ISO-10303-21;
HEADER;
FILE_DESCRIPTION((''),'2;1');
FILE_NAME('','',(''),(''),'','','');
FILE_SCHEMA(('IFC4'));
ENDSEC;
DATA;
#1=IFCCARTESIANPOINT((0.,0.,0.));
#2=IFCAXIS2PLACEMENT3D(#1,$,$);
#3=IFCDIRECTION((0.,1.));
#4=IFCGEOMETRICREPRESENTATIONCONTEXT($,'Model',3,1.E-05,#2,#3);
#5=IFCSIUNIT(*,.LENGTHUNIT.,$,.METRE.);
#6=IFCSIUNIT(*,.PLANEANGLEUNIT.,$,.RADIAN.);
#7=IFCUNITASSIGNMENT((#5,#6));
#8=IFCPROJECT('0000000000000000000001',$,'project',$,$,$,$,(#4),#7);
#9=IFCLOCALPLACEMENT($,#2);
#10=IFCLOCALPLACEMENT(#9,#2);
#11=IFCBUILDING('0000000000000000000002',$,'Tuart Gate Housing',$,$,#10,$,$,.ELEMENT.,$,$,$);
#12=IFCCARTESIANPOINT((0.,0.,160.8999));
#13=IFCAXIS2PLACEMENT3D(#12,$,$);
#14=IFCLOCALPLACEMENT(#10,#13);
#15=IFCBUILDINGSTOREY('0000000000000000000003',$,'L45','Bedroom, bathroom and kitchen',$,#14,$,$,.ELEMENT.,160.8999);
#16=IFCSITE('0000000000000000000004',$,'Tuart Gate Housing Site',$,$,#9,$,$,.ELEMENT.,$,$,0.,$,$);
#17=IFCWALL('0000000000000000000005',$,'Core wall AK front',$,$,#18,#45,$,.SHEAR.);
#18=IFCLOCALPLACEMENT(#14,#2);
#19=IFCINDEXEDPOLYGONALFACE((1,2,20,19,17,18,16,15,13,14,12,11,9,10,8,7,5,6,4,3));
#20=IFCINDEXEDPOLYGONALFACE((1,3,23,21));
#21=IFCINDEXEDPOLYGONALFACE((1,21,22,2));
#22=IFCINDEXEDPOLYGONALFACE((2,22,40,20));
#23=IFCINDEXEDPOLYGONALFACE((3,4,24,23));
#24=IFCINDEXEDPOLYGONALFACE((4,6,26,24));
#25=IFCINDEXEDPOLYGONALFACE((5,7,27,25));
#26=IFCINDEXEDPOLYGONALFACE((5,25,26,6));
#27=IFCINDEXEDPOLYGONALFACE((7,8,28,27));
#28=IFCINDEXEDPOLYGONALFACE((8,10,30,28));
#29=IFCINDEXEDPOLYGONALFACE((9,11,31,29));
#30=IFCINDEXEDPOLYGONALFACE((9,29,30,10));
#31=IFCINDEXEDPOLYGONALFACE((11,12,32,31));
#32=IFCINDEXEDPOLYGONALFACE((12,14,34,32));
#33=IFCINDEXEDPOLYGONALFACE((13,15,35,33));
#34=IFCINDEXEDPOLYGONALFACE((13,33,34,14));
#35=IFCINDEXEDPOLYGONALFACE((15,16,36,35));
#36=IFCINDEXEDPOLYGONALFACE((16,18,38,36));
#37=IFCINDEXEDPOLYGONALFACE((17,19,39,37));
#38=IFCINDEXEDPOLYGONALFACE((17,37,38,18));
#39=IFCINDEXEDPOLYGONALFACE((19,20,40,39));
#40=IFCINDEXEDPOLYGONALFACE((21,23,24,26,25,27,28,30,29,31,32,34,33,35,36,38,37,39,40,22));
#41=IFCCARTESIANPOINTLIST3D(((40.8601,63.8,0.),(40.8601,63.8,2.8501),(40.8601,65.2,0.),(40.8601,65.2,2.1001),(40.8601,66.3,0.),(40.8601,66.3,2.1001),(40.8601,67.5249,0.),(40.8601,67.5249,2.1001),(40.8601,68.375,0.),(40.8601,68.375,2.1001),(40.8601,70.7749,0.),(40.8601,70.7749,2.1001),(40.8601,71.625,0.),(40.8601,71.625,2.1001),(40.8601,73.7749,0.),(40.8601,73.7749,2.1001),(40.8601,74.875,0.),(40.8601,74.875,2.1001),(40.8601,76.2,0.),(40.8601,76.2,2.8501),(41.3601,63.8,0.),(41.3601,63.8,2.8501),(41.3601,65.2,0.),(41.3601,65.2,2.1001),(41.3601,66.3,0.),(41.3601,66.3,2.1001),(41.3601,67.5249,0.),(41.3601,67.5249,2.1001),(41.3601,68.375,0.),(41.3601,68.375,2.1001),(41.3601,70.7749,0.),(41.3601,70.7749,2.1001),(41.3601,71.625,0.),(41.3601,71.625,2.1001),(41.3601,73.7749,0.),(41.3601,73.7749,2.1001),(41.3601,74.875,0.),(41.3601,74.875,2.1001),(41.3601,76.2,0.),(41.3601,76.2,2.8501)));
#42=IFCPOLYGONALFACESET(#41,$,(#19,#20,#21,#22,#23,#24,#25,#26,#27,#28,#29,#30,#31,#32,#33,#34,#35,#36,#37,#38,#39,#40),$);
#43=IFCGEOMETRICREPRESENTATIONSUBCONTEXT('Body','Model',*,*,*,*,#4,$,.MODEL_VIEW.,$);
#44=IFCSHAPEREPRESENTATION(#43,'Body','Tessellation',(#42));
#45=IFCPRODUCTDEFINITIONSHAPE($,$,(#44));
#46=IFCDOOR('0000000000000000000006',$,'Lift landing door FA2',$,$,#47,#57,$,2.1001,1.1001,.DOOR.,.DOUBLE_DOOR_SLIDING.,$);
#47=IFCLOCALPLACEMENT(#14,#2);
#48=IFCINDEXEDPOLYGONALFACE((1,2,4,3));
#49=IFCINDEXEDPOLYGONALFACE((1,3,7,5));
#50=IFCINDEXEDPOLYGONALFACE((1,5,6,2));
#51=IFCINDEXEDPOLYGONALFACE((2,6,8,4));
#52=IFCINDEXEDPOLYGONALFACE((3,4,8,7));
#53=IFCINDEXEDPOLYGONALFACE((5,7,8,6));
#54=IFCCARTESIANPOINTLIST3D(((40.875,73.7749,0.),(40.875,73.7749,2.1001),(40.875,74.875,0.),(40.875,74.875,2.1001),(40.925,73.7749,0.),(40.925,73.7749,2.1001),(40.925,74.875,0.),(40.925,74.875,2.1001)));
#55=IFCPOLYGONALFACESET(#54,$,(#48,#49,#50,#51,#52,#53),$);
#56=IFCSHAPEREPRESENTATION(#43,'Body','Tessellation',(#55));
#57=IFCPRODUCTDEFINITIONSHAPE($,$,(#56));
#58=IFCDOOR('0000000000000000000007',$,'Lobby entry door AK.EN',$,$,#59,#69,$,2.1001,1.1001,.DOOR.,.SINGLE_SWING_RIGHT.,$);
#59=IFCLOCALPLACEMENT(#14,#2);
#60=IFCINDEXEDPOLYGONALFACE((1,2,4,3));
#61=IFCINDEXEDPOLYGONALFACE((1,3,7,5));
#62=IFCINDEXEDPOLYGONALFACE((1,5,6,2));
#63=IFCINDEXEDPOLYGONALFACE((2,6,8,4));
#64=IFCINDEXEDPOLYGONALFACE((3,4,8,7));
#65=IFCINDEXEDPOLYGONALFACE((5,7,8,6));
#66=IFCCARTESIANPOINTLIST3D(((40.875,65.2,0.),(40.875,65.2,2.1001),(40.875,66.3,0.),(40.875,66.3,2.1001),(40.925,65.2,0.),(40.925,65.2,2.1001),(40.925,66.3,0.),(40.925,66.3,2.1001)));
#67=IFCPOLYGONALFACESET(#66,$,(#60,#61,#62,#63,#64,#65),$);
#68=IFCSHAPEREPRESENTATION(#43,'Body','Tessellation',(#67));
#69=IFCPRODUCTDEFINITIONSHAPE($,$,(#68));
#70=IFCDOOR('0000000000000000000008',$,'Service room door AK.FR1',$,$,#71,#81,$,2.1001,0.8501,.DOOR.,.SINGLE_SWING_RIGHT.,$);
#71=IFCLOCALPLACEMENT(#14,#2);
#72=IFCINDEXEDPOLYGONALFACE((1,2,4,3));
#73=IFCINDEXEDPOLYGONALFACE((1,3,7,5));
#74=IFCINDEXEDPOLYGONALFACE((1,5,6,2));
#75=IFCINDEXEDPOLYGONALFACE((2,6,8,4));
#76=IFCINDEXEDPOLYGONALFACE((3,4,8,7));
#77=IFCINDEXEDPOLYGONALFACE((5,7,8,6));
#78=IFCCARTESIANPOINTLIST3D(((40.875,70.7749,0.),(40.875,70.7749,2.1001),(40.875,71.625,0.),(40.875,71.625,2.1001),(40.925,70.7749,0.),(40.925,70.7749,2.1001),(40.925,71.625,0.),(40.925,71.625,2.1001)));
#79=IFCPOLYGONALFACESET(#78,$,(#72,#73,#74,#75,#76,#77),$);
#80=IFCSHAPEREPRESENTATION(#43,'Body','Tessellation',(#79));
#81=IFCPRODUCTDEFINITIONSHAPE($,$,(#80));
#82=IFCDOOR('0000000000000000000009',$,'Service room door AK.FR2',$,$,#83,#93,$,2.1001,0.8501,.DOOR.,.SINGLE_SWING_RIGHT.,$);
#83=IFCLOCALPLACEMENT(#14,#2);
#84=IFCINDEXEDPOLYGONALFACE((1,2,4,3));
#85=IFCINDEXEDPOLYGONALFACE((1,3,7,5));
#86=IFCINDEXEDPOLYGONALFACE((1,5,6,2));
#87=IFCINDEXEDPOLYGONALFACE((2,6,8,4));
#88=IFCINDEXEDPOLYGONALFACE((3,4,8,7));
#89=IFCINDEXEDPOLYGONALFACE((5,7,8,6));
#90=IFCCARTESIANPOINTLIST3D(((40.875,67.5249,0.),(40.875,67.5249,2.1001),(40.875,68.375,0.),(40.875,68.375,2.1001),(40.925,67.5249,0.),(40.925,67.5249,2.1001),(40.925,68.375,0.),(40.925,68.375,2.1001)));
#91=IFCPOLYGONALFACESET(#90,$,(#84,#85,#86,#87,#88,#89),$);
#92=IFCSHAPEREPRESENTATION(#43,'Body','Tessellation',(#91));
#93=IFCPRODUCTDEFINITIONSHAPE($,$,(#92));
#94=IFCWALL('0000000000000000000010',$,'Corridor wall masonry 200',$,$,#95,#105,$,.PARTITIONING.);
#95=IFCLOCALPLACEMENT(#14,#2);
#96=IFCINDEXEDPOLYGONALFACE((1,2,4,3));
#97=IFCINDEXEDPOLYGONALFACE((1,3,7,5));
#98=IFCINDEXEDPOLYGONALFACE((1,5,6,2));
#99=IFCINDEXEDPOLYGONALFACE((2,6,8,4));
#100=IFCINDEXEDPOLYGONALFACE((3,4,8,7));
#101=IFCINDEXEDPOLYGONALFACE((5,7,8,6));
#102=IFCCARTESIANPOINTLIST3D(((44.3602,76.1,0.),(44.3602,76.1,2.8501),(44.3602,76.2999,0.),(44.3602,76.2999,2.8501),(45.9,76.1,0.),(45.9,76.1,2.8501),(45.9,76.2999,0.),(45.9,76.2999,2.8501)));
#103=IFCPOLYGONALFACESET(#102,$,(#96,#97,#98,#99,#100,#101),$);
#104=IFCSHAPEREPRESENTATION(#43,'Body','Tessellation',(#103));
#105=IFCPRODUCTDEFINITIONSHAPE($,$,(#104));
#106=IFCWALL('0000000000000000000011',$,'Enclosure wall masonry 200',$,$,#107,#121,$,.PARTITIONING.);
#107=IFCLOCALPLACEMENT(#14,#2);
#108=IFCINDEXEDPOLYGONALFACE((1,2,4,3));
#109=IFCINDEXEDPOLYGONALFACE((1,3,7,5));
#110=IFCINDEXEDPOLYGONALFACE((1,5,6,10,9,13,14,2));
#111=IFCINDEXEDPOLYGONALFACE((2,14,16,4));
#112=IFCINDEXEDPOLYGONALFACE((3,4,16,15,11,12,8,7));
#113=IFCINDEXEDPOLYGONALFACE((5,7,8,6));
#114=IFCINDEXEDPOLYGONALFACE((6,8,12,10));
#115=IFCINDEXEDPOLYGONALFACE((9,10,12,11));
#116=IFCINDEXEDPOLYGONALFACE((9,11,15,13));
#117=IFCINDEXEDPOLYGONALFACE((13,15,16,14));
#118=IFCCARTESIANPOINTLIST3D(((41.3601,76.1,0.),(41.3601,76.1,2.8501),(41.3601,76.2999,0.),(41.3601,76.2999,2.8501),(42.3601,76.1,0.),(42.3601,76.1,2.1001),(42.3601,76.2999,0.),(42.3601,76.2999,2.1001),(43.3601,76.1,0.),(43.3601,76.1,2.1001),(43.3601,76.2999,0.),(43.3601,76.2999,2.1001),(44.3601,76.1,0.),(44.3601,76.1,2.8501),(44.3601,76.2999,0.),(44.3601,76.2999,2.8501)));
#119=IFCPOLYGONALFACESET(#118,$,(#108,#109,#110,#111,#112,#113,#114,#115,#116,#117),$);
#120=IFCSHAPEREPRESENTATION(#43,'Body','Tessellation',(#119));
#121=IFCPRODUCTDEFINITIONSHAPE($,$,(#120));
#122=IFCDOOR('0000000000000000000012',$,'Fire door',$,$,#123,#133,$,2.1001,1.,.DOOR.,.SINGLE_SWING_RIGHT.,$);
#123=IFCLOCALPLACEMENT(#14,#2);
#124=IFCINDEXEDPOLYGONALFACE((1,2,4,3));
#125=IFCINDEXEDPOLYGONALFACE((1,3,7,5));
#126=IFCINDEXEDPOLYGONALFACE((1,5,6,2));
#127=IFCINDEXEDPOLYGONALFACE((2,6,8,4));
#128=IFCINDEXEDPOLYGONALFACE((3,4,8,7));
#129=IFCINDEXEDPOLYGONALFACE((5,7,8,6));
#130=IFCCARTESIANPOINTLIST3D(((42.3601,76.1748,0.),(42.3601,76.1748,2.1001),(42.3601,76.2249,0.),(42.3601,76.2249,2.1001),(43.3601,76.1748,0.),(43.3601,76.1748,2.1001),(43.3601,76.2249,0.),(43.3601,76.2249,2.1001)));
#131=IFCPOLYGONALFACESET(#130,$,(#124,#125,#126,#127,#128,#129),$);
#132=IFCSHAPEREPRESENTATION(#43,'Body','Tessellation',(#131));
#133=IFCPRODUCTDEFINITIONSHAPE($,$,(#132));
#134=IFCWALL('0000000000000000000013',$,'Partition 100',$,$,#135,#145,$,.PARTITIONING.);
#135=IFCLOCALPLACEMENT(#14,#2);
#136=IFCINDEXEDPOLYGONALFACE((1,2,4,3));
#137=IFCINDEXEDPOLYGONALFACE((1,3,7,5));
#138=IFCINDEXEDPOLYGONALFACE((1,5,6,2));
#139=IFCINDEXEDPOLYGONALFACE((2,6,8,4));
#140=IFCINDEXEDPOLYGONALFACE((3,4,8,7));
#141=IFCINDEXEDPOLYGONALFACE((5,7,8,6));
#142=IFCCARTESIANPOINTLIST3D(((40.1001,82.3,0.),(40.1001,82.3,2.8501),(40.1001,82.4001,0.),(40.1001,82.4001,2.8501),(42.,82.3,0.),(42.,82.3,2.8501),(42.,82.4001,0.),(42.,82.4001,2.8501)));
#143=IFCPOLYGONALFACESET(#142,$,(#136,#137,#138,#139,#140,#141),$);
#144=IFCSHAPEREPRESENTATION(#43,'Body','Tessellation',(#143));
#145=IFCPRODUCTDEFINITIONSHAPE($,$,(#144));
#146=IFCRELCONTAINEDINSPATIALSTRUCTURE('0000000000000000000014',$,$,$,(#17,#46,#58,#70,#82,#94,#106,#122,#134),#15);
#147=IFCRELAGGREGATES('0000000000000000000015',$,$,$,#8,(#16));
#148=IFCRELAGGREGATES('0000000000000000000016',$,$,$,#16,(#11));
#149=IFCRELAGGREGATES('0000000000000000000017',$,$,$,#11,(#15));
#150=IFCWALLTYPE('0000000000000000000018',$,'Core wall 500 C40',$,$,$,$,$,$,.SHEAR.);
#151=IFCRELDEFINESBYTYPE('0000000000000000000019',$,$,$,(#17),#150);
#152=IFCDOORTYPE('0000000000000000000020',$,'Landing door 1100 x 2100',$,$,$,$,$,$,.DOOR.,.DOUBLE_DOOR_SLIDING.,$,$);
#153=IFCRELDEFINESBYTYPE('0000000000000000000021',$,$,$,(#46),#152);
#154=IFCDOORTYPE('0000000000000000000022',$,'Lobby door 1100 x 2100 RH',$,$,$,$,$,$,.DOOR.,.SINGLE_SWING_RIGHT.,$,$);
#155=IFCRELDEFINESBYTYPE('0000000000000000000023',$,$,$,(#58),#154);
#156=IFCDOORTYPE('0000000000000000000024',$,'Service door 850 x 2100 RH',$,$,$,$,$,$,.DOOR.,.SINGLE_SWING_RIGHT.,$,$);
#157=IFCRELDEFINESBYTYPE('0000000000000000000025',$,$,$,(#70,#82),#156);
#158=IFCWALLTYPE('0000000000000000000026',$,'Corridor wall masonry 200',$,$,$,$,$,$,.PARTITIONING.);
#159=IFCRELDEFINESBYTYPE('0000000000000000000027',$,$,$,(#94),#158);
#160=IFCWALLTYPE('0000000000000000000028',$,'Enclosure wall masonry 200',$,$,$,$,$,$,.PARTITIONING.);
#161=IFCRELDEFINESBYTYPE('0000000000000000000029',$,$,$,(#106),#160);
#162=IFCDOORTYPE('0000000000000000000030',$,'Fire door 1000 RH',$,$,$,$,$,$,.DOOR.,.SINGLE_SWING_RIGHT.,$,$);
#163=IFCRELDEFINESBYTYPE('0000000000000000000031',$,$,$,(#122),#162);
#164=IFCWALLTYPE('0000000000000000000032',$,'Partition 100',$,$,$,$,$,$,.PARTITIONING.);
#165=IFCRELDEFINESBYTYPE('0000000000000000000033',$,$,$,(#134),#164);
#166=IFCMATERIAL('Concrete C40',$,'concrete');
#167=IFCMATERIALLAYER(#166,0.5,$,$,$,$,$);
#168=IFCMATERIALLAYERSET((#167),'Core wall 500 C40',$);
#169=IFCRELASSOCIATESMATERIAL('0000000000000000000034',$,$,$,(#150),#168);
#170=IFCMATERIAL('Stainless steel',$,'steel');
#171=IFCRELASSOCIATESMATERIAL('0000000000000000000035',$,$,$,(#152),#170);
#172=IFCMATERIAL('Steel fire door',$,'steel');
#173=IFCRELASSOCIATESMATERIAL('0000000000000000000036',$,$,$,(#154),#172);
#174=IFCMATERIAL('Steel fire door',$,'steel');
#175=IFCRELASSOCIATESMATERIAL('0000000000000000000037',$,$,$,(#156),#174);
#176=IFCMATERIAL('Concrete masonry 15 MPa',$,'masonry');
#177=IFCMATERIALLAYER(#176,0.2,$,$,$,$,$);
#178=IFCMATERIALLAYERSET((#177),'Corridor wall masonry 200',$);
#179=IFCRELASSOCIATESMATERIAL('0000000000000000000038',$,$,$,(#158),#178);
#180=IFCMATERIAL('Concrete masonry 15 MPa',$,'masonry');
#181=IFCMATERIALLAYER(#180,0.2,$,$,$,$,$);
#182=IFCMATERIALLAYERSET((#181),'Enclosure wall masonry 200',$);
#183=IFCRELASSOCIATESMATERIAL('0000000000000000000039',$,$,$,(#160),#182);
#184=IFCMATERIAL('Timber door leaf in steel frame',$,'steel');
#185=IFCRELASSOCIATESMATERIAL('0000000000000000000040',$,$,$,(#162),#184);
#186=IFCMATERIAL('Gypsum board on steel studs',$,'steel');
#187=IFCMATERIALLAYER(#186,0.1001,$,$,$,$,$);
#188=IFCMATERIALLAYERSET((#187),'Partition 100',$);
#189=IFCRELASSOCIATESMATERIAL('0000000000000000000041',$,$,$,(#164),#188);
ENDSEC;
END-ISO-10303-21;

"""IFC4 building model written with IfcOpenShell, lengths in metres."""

from ifc_helpers import new_model, si_unit, direction, frame, frame_2d, origin, place, context, subcontext, project, spatial, rectangle, extrude, material, layer, layer_set, type_object, element, fill, save


model = new_model("IFC4")

# Units and contexts
model_context = context("Model", 3, precision=1e-05, world=origin(), true_north=direction((0.0, 1.0)))
body_context = subcontext(model_context, "Body", "Model", "MODEL_VIEW")
ifc_project = project(units=[si_unit("LENGTHUNIT", "METRE"), si_unit("PLANEANGLEUNIT", "RADIAN")], contexts=[model_context])

# Site, building, storey
site_placement = place(None, origin())
site = spatial("IfcSite", under=ifc_project, at=site_placement, Name="Tuart Gate Housing Site", CompositionType="ELEMENT", RefElevation=0.0)
building_placement = place(site_placement, origin())
building = spatial("IfcBuilding", under=site, at=building_placement, Name="Tuart Gate Housing", CompositionType="ELEMENT")
storey_placement = place(building_placement, frame((0.0, 0.0, 160.8999)))
storey = spatial("IfcBuildingStorey", under=building, at=storey_placement, Name="L45", Description="Bedroom, bathroom and kitchen", CompositionType="ELEMENT", Elevation=160.8999)

# Wall, openings, doors
ifc_material_1 = material(Name="Concrete C40", Category="concrete")
ifc_layer_1 = layer(ifc_material_1, 0.5)
ifc_layer_set_1 = layer_set([ifc_layer_1], Name="Core wall 500 C40")
wall_type_1 = type_object("IfcWallType", Name="Core wall 500 C40", PredefinedType="SHEAR", material=ifc_layer_set_1)
wall_1_placement = place(storey_placement, frame((41.1101, 76.2, 0.0), z_axis=(0.0, 0.0, 1.0), x_axis=(0.0, -1.0, 0.0)))
wall_1 = element("IfcWall", 1, at=wall_1_placement, inside=storey, type_object=wall_type_1, Name="Core wall AK front", PredefinedType="SHEAR", context=body_context, shape_type="SweptSolid", body=[
    extrude(rectangle(XDim=12.3999, YDim=0.5, at=frame_2d((6.2, 0.0))), origin(), (0.0, 0.0, 1.0), 2.8501),
])
opening_1_placement = place(wall_1_placement, frame((1.325, 0.0, 0.0)))
opening_1 = element("IfcOpeningElement", 2, at=opening_1_placement, cuts=wall_1, PredefinedType="OPENING", context=body_context, shape_type="SweptSolid", body=[
    extrude(rectangle(XDim=1.1001, YDim=2.1001, at=frame_2d((0.55, 1.05))), frame((0.0, 0.26, 0.0), z_axis=(0.0, -1.0, 0.0), x_axis=(1.0, 0.0, 0.0)), (0.0, 0.0, 1.0), 0.52),
])
opening_2_placement = place(wall_1_placement, frame((4.575, 0.0, 0.0)))
opening_2 = element("IfcOpeningElement", 3, at=opening_2_placement, cuts=wall_1, PredefinedType="OPENING", context=body_context, shape_type="SweptSolid", body=[
    extrude(rectangle(XDim=0.8501, YDim=2.1001, at=frame_2d((0.425, 1.05))), frame((0.0, 0.26, 0.0), z_axis=(0.0, -1.0, 0.0), x_axis=(1.0, 0.0, 0.0)), (0.0, 0.0, 1.0), 0.52),
])
opening_3_placement = place(wall_1_placement, frame((7.825, 0.0, 0.0)))
opening_3 = element("IfcOpeningElement", 4, at=opening_3_placement, cuts=wall_1, PredefinedType="OPENING", context=body_context, shape_type="SweptSolid", body=[
    extrude(rectangle(XDim=0.8501, YDim=2.1001, at=frame_2d((0.425, 1.05))), frame((0.0, 0.26, 0.0), z_axis=(0.0, -1.0, 0.0), x_axis=(1.0, 0.0, 0.0)), (0.0, 0.0, 1.0), 0.52),
])
opening_4_placement = place(wall_1_placement, frame((9.8999, 0.0, 0.0)))
opening_4 = element("IfcOpeningElement", 5, at=opening_4_placement, cuts=wall_1, PredefinedType="OPENING", context=body_context, shape_type="SweptSolid", body=[
    extrude(rectangle(XDim=1.1001, YDim=2.1001, at=frame_2d((0.55, 1.05))), frame((0.0, 0.26, 0.0), z_axis=(0.0, -1.0, 0.0), x_axis=(1.0, 0.0, 0.0)), (0.0, 0.0, 1.0), 0.52),
])
ifc_material_2 = material(Name="Stainless steel", Category="steel")
door_type_1 = type_object("IfcDoorType", Name="Landing door 1100 x 2100", OperationType="DOUBLE_DOOR_SLIDING", PredefinedType="DOOR", material=ifc_material_2)
door_1_placement = place(opening_1_placement, origin())
door_1 = element("IfcDoor", 6, at=door_1_placement, inside=storey, type_object=door_type_1, Name="Lift landing door FA2", OperationType="DOUBLE_DOOR_SLIDING", OverallHeight=2.1001, OverallWidth=1.1001, PredefinedType="DOOR", context=body_context, shape_type="SweptSolid", body=[
    extrude(rectangle(XDim=1.1001, YDim=2.1001, at=frame_2d((0.55, 1.05))), frame((0.0, -0.1851, 0.0), z_axis=(0.0, -1.0, 0.0), x_axis=(1.0, 0.0, 0.0)), (0.0, 0.0, 1.0), 0.05),
])
fill(opening_1, door_1)
ifc_material_3 = material(Name="Steel fire door", Category="steel")
door_type_2 = type_object("IfcDoorType", Name="Lobby door 1100 x 2100 RH", OperationType="SINGLE_SWING_RIGHT", PredefinedType="DOOR", material=ifc_material_3)
door_2_placement = place(opening_4_placement, frame((1.1001, 0.0, 0.0), z_axis=(0.0, 0.0, 1.0), x_axis=(-1.0, 0.0, 0.0)))
door_2 = element("IfcDoor", 7, at=door_2_placement, inside=storey, type_object=door_type_2, Name="Lobby entry door AK.EN", OperationType="SINGLE_SWING_RIGHT", OverallHeight=2.1001, OverallWidth=1.1001, PredefinedType="DOOR", context=body_context, shape_type="SweptSolid", body=[
    extrude(rectangle(XDim=1.1001, YDim=2.1001, at=frame_2d((0.55, 1.05))), frame((0.0, 0.2351, 0.0), z_axis=(0.0, -1.0, 0.0), x_axis=(1.0, 0.0, 0.0)), (0.0, 0.0, 1.0), 0.05),
])
fill(opening_4, door_2)
ifc_material_4 = material(Name="Steel fire door", Category="steel")
door_type_3 = type_object("IfcDoorType", Name="Service door 850 x 2100 RH", OperationType="SINGLE_SWING_RIGHT", PredefinedType="DOOR", material=ifc_material_4)
door_3_placement = place(opening_2_placement, frame((0.8501, 0.0, 0.0), z_axis=(0.0, 0.0, 1.0), x_axis=(-1.0, 0.0, 0.0)))
door_3 = element("IfcDoor", 8, at=door_3_placement, inside=storey, type_object=door_type_3, Name="Service room door AK.FR1", OperationType="SINGLE_SWING_RIGHT", OverallHeight=2.1001, OverallWidth=0.8501, PredefinedType="DOOR", context=body_context, shape_type="SweptSolid", body=[
    extrude(rectangle(XDim=0.8501, YDim=2.1001, at=frame_2d((0.425, 1.05))), frame((0.0, 0.2351, 0.0), z_axis=(0.0, -1.0, 0.0), x_axis=(1.0, 0.0, 0.0)), (0.0, 0.0, 1.0), 0.05),
])
fill(opening_2, door_3)
door_4_placement = place(opening_3_placement, frame((0.8501, 0.0, 0.0), z_axis=(0.0, 0.0, 1.0), x_axis=(-1.0, 0.0, 0.0)))
door_4 = element("IfcDoor", 9, at=door_4_placement, inside=storey, type_object=door_type_3, Name="Service room door AK.FR2", OperationType="SINGLE_SWING_RIGHT", OverallHeight=2.1001, OverallWidth=0.8501, PredefinedType="DOOR", context=body_context, shape_type="SweptSolid", body=[
    extrude(rectangle(XDim=0.8501, YDim=2.1001, at=frame_2d((0.425, 1.05))), frame((0.0, 0.2351, 0.0), z_axis=(0.0, -1.0, 0.0), x_axis=(1.0, 0.0, 0.0)), (0.0, 0.0, 1.0), 0.05),
])
fill(opening_3, door_4)

# Wall
ifc_material_5 = material(Name="Concrete masonry 15 MPa", Category="masonry")
ifc_layer_2 = layer(ifc_material_5, 0.2)
ifc_layer_set_2 = layer_set([ifc_layer_2], Name="Corridor wall masonry 200")
wall_type_2 = type_object("IfcWallType", Name="Corridor wall masonry 200", PredefinedType="PARTITIONING", material=ifc_layer_set_2)
wall_2_placement = place(storey_placement, frame((44.3601, 76.2, 0.0), z_axis=(0.0, 0.0, 1.0), x_axis=(1.0, 0.0, 0.0)))
element("IfcWall", 10, at=wall_2_placement, inside=storey, type_object=wall_type_2, Name="Corridor wall masonry 200", PredefinedType="PARTITIONING", context=body_context, shape_type="SweptSolid", body=[
    extrude(rectangle(XDim=1.5398, YDim=0.2, at=frame_2d((0.77, 0.0))), origin(), (0.0, 0.0, 1.0), 2.8501),
])

# Wall, opening, door
ifc_material_6 = material(Name="Concrete masonry 15 MPa", Category="masonry")
ifc_layer_3 = layer(ifc_material_6, 0.2)
ifc_layer_set_3 = layer_set([ifc_layer_3], Name="Enclosure wall masonry 200")
wall_type_3 = type_object("IfcWallType", Name="Enclosure wall masonry 200", PredefinedType="PARTITIONING", material=ifc_layer_set_3)
wall_3_placement = place(storey_placement, frame((41.3601, 76.2, 0.0), z_axis=(0.0, 0.0, 1.0), x_axis=(1.0, 0.0, 0.0)))
wall_3 = element("IfcWall", 11, at=wall_3_placement, inside=storey, type_object=wall_type_3, Name="Enclosure wall masonry 200", PredefinedType="PARTITIONING", context=body_context, shape_type="SweptSolid", body=[
    extrude(rectangle(XDim=3.0, YDim=0.2, at=frame_2d((1.5, 0.0))), origin(), (0.0, 0.0, 1.0), 2.8501),
])
opening_5_placement = place(wall_3_placement, frame((1.0, 0.0, 0.0)))
opening_5 = element("IfcOpeningElement", 12, at=opening_5_placement, cuts=wall_3, PredefinedType="OPENING", context=body_context, shape_type="SweptSolid", body=[
    extrude(rectangle(XDim=1.0, YDim=2.1001, at=frame_2d((0.5, 1.05))), frame((0.0, 0.1099, 0.0), z_axis=(0.0, -1.0, 0.0), x_axis=(1.0, 0.0, 0.0)), (0.0, 0.0, 1.0), 0.22),
])
ifc_material_7 = material(Name="Timber door leaf in steel frame", Category="steel")
door_type_4 = type_object("IfcDoorType", Name="Fire door 1000 RH", OperationType="SINGLE_SWING_RIGHT", PredefinedType="DOOR", material=ifc_material_7)
door_5_placement = place(opening_5_placement, origin())
door_5 = element("IfcDoor", 13, at=door_5_placement, inside=storey, type_object=door_type_4, Name="Fire door", OperationType="SINGLE_SWING_RIGHT", OverallHeight=2.1001, OverallWidth=1.0, PredefinedType="DOOR", context=body_context, shape_type="SweptSolid", body=[
    extrude(rectangle(XDim=1.0, YDim=2.1001, at=frame_2d((0.5, 1.05))), frame((0.0, 0.0249, 0.0), z_axis=(0.0, -1.0, 0.0), x_axis=(1.0, 0.0, 0.0)), (0.0, 0.0, 1.0), 0.05),
])
fill(opening_5, door_5)

# Wall
ifc_material_8 = material(Name="Gypsum board on steel studs", Category="steel")
ifc_layer_4 = layer(ifc_material_8, 0.1001)
ifc_layer_set_4 = layer_set([ifc_layer_4], Name="Partition 100")
wall_type_4 = type_object("IfcWallType", Name="Partition 100", PredefinedType="PARTITIONING", material=ifc_layer_set_4)
wall_4_placement = place(storey_placement, frame((40.1001, 82.3501, 0.0), z_axis=(0.0, 0.0, 1.0), x_axis=(1.0, 0.0, 0.0)))
element("IfcWall", 14, at=wall_4_placement, inside=storey, type_object=wall_type_4, Name="Partition 100", PredefinedType="PARTITIONING", context=body_context, shape_type="SweptSolid", body=[
    extrude(rectangle(XDim=1.8999, YDim=0.1001, at=frame_2d((0.95, 0.0))), origin(), (0.0, 0.0, 1.0), 2.8501),
])

save(model, "model.ifc")
